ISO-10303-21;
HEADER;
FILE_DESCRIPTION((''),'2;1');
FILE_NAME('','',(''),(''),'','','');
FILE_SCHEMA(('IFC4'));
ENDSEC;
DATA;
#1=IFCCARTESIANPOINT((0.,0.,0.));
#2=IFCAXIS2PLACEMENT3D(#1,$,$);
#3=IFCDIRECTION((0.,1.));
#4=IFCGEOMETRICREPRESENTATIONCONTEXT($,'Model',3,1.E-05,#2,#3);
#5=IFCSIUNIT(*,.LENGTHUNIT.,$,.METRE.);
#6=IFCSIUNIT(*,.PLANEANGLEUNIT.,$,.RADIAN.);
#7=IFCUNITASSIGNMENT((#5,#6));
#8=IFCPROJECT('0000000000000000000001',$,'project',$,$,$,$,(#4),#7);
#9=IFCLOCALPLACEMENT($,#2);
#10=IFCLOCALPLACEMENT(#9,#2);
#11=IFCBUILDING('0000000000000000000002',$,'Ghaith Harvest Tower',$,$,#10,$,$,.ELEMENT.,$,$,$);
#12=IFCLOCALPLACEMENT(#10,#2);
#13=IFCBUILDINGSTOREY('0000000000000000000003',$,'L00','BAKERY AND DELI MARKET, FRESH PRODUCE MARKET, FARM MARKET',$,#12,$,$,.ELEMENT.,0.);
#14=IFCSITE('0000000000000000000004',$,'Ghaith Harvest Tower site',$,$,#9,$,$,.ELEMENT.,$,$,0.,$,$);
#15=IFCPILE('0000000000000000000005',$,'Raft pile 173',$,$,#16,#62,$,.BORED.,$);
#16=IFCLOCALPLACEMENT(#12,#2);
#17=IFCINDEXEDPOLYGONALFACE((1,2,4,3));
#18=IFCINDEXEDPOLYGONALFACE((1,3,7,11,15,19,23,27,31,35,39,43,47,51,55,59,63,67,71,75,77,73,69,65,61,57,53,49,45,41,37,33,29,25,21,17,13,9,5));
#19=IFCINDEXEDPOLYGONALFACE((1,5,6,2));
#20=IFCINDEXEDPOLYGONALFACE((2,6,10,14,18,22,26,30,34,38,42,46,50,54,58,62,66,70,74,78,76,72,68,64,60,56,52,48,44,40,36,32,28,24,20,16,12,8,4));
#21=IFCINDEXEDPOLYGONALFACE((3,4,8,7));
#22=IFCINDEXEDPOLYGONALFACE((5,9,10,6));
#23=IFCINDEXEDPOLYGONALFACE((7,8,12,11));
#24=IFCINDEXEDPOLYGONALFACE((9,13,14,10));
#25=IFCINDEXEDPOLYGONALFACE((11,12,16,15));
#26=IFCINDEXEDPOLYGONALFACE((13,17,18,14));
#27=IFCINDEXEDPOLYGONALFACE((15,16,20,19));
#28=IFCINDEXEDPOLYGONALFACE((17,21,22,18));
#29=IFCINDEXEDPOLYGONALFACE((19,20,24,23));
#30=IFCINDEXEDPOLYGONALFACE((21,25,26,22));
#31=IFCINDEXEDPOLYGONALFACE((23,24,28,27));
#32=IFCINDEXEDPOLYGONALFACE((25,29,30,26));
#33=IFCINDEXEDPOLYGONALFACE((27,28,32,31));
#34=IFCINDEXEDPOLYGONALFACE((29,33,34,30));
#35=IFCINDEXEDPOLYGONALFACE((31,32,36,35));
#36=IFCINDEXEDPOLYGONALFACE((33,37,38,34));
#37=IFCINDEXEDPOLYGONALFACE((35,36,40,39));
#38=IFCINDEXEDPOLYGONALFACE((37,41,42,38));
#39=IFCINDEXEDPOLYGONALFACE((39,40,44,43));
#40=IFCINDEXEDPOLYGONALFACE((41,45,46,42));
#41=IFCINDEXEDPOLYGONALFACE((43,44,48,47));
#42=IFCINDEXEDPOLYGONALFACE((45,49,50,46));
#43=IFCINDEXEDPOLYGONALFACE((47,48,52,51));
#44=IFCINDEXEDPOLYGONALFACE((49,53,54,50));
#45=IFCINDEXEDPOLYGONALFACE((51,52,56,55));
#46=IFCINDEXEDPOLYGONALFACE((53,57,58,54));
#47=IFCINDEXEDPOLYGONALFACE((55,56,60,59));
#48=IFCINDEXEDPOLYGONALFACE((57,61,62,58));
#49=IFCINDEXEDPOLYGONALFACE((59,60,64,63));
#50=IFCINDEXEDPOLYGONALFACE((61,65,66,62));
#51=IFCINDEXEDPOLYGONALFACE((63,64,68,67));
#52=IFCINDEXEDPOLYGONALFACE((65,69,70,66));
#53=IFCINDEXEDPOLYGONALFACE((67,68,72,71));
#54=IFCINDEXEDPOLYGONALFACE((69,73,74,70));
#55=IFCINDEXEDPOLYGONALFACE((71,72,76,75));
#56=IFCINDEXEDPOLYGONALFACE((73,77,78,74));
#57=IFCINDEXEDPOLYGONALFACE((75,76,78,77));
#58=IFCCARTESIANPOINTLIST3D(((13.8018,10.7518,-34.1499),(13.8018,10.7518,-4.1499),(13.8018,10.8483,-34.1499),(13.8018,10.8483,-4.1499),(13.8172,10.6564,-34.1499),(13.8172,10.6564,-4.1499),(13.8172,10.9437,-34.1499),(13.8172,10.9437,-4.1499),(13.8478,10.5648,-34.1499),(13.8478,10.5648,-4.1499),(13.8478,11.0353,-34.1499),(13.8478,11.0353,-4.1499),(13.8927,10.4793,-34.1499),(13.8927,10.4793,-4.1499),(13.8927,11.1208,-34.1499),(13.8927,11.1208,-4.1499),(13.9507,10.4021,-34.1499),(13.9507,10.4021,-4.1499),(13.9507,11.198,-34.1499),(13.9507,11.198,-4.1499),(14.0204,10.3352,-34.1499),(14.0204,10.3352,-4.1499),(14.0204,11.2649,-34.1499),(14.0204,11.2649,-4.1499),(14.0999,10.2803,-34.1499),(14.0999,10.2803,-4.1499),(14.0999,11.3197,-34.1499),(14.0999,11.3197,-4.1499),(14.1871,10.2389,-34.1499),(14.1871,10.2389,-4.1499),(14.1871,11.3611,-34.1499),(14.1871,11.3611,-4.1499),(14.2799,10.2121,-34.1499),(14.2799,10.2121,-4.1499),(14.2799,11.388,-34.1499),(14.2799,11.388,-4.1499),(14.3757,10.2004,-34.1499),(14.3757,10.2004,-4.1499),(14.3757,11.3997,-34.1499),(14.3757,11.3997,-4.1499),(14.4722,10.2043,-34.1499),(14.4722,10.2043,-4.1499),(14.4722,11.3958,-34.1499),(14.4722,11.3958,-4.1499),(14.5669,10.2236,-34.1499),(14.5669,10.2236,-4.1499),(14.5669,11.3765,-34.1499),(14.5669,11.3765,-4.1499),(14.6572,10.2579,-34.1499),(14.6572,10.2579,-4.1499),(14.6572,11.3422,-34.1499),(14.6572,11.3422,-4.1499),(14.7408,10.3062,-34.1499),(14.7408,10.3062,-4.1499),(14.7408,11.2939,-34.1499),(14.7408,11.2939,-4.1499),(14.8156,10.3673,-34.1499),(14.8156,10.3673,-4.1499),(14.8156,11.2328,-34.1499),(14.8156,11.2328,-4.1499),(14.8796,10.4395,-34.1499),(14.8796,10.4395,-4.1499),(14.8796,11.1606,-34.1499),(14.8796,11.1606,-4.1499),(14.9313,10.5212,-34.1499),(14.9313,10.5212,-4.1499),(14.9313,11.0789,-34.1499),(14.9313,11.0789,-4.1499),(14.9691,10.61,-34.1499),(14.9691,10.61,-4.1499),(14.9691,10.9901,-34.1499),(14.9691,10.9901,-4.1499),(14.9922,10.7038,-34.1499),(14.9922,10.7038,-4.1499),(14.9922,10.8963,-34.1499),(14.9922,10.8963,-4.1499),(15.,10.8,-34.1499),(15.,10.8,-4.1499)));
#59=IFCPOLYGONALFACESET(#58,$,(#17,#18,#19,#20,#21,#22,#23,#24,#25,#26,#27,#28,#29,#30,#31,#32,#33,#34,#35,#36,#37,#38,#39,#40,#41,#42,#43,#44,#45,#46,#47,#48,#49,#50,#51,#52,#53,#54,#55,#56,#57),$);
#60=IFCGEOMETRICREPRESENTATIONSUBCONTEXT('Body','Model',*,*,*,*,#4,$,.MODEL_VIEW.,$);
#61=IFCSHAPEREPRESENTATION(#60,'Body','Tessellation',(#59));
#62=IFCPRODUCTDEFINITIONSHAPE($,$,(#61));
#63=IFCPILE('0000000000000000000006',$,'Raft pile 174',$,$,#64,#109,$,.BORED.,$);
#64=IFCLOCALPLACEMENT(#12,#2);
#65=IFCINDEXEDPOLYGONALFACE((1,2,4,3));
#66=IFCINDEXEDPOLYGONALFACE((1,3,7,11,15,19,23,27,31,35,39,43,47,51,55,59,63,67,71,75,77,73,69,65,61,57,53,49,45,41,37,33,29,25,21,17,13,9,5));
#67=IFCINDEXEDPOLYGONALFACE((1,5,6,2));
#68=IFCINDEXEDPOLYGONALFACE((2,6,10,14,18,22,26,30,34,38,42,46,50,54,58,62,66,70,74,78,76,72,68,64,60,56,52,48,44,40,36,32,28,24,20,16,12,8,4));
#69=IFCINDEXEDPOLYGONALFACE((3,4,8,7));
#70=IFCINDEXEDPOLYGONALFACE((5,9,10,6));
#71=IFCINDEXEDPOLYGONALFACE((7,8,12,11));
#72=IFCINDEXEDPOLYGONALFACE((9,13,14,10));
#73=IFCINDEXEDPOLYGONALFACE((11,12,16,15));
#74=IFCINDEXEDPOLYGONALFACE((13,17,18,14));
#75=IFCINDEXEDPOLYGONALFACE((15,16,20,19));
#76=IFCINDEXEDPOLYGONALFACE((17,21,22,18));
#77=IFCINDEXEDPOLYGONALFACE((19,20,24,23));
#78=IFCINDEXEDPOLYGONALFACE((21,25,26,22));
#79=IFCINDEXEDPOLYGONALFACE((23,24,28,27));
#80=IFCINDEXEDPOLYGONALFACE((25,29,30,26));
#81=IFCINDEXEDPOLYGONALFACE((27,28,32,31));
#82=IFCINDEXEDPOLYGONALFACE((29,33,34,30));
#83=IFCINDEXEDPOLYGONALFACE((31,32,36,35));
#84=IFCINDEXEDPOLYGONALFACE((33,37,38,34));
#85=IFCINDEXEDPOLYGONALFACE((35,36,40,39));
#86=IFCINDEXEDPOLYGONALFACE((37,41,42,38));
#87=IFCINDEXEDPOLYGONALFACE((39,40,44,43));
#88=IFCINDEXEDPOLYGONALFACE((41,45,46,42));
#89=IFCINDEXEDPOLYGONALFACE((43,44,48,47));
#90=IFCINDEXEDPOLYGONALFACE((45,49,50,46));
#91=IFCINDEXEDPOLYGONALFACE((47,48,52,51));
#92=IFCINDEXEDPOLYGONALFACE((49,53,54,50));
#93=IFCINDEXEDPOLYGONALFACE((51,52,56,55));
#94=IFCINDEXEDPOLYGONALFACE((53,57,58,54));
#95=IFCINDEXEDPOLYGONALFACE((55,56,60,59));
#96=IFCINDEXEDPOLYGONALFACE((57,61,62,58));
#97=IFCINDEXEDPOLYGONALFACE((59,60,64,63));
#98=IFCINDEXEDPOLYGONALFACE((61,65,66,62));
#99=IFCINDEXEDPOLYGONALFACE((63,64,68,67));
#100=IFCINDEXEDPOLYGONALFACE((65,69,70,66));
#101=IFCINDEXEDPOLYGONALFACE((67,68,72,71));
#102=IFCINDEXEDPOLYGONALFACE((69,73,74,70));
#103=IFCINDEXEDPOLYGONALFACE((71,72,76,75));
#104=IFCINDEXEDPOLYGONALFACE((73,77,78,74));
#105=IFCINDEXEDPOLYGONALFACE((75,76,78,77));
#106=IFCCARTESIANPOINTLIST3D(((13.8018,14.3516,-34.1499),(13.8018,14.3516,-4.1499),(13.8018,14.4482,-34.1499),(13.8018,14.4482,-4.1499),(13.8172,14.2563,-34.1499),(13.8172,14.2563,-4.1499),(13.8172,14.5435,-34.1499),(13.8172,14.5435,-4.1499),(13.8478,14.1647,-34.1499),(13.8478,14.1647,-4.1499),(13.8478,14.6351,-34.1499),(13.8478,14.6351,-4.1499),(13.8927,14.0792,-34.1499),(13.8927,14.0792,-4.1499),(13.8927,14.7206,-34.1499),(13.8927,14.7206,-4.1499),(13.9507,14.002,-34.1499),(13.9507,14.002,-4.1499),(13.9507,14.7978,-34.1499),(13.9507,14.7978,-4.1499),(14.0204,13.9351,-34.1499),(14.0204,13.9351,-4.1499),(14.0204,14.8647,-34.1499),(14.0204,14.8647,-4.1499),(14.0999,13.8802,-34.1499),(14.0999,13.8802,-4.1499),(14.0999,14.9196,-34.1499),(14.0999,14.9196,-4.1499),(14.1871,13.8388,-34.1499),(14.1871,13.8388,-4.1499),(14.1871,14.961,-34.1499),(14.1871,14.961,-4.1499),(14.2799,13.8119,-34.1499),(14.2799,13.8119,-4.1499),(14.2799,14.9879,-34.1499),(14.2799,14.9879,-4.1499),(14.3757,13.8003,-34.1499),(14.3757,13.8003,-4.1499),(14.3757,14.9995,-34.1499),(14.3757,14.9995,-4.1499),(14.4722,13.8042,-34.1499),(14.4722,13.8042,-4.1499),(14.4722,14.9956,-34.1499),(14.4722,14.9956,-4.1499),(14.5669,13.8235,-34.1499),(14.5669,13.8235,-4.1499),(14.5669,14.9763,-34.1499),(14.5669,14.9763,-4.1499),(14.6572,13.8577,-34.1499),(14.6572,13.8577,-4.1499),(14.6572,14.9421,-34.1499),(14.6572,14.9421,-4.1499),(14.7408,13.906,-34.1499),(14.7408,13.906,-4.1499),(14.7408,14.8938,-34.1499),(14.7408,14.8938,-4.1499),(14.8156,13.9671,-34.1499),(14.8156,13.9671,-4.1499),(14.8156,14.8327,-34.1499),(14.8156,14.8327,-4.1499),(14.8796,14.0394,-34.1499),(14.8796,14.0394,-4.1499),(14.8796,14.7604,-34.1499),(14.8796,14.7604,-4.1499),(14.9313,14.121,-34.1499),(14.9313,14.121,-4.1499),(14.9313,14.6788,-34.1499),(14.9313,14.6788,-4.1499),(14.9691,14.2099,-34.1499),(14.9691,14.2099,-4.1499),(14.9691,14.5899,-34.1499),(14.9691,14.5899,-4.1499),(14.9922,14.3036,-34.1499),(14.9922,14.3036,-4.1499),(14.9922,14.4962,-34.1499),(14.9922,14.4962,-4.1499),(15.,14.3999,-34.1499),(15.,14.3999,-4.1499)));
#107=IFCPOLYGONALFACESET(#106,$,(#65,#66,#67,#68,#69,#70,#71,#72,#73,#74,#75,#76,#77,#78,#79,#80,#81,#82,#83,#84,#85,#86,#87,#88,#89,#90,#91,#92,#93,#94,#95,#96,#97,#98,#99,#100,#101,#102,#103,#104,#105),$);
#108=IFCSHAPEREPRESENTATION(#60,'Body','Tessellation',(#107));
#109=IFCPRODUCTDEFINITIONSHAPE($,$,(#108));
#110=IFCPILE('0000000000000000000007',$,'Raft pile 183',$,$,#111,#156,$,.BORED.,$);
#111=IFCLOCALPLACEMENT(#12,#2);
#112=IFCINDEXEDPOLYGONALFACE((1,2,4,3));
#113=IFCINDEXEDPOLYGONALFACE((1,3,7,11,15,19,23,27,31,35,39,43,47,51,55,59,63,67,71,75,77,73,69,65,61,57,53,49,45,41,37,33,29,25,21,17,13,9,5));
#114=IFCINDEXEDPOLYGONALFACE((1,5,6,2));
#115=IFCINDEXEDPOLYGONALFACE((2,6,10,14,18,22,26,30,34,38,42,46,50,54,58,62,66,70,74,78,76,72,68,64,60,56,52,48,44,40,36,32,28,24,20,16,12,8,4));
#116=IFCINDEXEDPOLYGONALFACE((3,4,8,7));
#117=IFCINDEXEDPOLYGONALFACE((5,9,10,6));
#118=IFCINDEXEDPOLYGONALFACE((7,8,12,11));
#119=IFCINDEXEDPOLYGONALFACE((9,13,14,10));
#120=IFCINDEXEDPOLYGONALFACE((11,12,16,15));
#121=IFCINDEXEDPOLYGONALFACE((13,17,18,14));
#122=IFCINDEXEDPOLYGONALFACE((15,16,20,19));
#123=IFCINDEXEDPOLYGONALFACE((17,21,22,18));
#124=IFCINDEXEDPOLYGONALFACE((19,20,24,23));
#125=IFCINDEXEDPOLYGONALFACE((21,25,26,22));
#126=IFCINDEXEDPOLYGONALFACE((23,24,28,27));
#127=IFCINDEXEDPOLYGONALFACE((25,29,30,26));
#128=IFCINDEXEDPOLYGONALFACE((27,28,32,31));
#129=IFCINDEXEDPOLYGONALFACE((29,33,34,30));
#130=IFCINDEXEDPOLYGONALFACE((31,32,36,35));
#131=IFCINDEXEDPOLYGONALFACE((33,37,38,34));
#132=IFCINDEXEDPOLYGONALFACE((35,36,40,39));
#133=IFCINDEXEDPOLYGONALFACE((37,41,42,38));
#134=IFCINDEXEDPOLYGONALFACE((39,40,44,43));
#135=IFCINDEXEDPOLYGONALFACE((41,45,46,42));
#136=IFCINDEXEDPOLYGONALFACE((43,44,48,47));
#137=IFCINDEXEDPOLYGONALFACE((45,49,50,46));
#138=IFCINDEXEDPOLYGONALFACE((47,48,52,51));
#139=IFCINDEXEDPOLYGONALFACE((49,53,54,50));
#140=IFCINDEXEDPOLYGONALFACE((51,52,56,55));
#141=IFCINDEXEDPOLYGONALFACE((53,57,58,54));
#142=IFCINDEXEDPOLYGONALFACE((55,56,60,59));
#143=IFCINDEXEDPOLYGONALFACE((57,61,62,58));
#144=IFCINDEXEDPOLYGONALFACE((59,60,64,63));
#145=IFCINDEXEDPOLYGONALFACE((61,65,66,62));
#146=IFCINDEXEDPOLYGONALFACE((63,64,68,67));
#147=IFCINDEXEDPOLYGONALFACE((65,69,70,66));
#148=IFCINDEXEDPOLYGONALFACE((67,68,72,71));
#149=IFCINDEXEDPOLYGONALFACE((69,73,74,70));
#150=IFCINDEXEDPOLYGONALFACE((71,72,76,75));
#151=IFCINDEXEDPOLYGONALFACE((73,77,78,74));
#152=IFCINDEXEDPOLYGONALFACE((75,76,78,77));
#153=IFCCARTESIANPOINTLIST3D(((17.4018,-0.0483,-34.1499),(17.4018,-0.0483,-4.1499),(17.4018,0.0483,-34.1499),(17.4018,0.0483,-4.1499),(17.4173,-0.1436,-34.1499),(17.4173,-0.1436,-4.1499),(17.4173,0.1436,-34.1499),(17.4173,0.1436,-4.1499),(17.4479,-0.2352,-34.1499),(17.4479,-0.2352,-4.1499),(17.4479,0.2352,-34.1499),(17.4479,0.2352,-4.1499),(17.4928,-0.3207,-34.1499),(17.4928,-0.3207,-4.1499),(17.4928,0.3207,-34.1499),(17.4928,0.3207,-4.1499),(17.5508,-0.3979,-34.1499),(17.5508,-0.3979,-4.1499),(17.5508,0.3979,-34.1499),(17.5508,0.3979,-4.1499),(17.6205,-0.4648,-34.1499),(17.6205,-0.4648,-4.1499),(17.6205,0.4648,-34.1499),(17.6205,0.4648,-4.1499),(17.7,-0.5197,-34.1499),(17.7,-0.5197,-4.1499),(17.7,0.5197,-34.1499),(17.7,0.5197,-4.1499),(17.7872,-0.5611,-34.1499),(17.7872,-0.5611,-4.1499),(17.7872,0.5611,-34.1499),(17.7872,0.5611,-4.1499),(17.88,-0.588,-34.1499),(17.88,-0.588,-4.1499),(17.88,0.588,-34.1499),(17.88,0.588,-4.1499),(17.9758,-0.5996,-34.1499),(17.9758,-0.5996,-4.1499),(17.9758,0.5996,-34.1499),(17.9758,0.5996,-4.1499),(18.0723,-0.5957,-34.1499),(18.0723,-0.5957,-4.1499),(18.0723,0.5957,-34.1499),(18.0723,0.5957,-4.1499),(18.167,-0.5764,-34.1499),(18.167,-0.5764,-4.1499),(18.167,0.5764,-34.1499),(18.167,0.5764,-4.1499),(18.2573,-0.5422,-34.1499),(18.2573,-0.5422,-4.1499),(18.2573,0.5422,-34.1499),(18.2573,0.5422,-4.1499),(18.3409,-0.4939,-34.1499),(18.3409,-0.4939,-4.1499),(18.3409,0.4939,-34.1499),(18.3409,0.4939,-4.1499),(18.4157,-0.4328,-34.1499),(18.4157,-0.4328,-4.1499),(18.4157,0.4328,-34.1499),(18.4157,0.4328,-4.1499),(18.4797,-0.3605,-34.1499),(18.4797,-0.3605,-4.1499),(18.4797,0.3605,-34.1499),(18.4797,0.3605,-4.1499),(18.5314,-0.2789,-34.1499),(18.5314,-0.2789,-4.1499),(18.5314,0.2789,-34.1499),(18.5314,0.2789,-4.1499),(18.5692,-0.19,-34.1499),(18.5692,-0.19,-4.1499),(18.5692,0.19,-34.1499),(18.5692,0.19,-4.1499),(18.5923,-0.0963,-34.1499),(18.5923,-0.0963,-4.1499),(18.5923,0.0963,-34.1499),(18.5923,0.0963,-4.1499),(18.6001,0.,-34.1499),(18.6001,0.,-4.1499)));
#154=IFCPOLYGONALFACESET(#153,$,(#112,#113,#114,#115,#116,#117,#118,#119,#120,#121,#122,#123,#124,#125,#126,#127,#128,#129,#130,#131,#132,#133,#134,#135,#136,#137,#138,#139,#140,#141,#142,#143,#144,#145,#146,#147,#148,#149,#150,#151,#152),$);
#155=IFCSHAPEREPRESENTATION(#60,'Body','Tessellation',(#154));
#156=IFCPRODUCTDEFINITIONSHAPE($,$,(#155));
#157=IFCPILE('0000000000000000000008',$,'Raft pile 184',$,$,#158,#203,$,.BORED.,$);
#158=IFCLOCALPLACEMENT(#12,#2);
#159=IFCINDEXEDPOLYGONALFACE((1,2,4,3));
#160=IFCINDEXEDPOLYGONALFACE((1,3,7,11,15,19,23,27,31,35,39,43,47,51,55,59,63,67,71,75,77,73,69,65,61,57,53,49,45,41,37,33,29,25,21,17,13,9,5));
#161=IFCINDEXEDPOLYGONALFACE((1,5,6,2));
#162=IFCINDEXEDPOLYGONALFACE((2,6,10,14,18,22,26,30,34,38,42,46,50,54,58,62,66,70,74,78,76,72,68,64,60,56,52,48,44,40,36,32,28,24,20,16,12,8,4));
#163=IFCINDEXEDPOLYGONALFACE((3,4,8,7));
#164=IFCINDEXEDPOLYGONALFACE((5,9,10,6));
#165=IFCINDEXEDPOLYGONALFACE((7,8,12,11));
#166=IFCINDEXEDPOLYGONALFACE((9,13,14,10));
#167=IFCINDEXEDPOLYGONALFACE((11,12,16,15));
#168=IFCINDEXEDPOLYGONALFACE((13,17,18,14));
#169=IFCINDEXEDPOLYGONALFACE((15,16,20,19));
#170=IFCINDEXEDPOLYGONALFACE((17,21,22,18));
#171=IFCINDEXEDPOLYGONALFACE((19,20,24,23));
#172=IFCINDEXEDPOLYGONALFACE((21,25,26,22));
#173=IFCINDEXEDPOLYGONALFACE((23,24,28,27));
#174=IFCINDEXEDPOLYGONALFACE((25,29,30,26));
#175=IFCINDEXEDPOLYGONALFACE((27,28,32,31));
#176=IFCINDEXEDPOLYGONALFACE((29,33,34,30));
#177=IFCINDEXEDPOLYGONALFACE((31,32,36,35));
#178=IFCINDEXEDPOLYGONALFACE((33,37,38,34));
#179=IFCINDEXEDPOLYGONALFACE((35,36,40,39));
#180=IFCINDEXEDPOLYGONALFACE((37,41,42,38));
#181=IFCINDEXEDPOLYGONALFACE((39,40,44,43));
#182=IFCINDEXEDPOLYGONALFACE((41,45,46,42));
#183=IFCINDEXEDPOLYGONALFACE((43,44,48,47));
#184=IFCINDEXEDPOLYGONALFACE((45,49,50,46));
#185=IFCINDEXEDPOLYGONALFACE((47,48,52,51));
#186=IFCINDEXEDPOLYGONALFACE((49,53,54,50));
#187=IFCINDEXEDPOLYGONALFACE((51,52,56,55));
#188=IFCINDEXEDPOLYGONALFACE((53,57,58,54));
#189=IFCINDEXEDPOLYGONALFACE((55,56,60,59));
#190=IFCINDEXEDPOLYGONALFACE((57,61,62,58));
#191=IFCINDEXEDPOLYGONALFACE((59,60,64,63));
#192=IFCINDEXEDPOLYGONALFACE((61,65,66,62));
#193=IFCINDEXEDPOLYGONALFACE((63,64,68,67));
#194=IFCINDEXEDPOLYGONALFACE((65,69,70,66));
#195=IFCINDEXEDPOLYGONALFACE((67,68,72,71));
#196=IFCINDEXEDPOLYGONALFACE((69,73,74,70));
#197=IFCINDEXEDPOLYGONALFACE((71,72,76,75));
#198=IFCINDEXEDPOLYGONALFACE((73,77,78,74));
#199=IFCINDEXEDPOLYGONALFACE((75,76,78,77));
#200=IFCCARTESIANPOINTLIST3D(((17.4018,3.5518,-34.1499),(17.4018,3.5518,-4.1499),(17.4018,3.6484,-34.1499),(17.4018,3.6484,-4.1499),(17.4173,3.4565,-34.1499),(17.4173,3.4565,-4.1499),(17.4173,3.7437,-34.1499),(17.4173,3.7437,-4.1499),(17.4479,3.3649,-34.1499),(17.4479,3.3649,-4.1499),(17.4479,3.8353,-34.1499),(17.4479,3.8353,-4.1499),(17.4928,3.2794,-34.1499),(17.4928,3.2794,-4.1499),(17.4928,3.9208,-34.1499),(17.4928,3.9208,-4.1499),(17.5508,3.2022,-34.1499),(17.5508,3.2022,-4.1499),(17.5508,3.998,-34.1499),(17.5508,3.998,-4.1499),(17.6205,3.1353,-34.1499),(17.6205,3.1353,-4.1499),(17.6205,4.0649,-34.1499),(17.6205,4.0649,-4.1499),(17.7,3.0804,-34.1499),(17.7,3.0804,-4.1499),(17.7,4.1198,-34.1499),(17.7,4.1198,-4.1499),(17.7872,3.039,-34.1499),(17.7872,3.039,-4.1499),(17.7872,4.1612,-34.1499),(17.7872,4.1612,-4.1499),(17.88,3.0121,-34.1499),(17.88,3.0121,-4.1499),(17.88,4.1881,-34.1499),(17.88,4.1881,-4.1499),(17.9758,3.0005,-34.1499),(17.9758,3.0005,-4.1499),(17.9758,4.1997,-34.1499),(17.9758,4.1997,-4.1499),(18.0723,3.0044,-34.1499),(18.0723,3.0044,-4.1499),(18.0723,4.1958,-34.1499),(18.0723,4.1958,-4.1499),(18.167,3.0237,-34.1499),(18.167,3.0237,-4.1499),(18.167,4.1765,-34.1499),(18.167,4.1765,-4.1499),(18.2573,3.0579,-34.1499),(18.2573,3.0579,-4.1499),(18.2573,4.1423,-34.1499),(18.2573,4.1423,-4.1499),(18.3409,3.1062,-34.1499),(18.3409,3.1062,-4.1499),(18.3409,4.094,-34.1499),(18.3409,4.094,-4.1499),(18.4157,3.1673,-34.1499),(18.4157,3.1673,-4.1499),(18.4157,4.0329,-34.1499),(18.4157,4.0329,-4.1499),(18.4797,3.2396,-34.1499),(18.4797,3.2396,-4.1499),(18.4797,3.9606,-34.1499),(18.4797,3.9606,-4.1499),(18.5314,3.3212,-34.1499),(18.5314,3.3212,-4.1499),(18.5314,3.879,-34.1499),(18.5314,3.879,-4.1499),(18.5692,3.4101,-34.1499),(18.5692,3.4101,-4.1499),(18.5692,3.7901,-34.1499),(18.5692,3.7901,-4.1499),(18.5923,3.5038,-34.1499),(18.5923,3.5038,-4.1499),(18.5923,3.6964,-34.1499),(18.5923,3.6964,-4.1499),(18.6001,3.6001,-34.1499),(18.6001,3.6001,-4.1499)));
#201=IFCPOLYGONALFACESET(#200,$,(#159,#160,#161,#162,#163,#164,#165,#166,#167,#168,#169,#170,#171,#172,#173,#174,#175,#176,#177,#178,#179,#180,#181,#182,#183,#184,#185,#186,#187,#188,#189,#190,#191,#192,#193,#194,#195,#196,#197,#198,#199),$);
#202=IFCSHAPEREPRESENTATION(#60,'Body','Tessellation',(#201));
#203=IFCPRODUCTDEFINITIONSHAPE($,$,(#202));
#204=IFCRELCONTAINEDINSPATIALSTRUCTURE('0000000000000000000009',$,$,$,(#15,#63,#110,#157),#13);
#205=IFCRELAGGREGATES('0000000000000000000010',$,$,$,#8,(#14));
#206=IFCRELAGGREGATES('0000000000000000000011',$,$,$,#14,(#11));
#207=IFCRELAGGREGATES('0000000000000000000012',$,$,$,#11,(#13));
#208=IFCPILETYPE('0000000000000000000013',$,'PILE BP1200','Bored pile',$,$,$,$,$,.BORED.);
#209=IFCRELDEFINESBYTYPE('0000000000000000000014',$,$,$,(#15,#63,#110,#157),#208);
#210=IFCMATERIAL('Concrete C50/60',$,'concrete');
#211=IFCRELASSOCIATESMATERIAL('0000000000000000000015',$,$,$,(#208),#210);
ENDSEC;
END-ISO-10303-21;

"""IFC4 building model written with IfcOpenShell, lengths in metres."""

from ifc_helpers import new_model, si_unit, direction, frame, origin, origin_2d, place, context, subcontext, project, spatial, circle, extrude, material, material_profile, profile_set, type_object, element, save


model = new_model("IFC4")

# Units and contexts
model_context = context("Model", 3, precision=1e-05, world=origin(), true_north=direction((0.0, 1.0)))
body_context = subcontext(model_context, "Body", "Model", "MODEL_VIEW")
ifc_project = project(units=[si_unit("LENGTHUNIT", "METRE"), si_unit("PLANEANGLEUNIT", "RADIAN")], contexts=[model_context])

# Site, building, storey
site_placement = place(None, origin())
site = spatial("IfcSite", under=ifc_project, at=site_placement, Name="Ghaith Harvest Tower site", CompositionType="ELEMENT", RefElevation=0.0)
building_placement = place(site_placement, origin())
building = spatial("IfcBuilding", under=site, at=building_placement, Name="Ghaith Harvest Tower", CompositionType="ELEMENT")
storey_placement = place(building_placement, origin())
storey = spatial("IfcBuildingStorey", under=building, at=storey_placement, Name="L00", Description="BAKERY AND DELI MARKET, FRESH PRODUCE MARKET, FARM MARKET", CompositionType="ELEMENT", Elevation=0.0)

# Piles
ifc_material_1 = material(Name="Concrete C50/60", Category="concrete")
ifc_material_profile = material_profile(ifc_material_1, circle(Radius=0.6001, at=origin_2d()), Name="PILE1200")
ifc_profile_set = profile_set([ifc_material_profile], Name="Concrete C50/60")
pile_type = type_object("IfcPileType", Name="PILE BP1200", Description="Bored pile", PredefinedType="BORED", material=ifc_profile_set)
for number, where, z_axis, x_axis, name in (
    (1, (14.3999, 10.8, -4.1499), (0.0, 0.0, -1.0), (1.0, 0.0, 0.0), "Raft pile 173"),
    (2, (14.3999, 14.3999, -4.1499), (0.0, 0.0, -1.0), (1.0, 0.0, 0.0), "Raft pile 174"),
    (3, (18.0, 0.0, -4.1499), (0.0, 0.0, -1.0), (1.0, 0.0, 0.0), "Raft pile 183"),
    (4, (18.0, 3.6001, -4.1499), (0.0, 0.0, -1.0), (1.0, 0.0, 0.0), "Raft pile 184"),
):
    element("IfcPile", number, at=place(storey_placement, frame(where, z_axis=z_axis, x_axis=x_axis)), inside=storey, type_object=pile_type, Name=name, PredefinedType="BORED", context=body_context, shape_type="SweptSolid", body=[
        extrude(circle(Radius=0.6001, at=origin_2d()), origin(), (0.0, 0.0, 1.0), 30.0),
    ])

save(model, "model.ifc")
